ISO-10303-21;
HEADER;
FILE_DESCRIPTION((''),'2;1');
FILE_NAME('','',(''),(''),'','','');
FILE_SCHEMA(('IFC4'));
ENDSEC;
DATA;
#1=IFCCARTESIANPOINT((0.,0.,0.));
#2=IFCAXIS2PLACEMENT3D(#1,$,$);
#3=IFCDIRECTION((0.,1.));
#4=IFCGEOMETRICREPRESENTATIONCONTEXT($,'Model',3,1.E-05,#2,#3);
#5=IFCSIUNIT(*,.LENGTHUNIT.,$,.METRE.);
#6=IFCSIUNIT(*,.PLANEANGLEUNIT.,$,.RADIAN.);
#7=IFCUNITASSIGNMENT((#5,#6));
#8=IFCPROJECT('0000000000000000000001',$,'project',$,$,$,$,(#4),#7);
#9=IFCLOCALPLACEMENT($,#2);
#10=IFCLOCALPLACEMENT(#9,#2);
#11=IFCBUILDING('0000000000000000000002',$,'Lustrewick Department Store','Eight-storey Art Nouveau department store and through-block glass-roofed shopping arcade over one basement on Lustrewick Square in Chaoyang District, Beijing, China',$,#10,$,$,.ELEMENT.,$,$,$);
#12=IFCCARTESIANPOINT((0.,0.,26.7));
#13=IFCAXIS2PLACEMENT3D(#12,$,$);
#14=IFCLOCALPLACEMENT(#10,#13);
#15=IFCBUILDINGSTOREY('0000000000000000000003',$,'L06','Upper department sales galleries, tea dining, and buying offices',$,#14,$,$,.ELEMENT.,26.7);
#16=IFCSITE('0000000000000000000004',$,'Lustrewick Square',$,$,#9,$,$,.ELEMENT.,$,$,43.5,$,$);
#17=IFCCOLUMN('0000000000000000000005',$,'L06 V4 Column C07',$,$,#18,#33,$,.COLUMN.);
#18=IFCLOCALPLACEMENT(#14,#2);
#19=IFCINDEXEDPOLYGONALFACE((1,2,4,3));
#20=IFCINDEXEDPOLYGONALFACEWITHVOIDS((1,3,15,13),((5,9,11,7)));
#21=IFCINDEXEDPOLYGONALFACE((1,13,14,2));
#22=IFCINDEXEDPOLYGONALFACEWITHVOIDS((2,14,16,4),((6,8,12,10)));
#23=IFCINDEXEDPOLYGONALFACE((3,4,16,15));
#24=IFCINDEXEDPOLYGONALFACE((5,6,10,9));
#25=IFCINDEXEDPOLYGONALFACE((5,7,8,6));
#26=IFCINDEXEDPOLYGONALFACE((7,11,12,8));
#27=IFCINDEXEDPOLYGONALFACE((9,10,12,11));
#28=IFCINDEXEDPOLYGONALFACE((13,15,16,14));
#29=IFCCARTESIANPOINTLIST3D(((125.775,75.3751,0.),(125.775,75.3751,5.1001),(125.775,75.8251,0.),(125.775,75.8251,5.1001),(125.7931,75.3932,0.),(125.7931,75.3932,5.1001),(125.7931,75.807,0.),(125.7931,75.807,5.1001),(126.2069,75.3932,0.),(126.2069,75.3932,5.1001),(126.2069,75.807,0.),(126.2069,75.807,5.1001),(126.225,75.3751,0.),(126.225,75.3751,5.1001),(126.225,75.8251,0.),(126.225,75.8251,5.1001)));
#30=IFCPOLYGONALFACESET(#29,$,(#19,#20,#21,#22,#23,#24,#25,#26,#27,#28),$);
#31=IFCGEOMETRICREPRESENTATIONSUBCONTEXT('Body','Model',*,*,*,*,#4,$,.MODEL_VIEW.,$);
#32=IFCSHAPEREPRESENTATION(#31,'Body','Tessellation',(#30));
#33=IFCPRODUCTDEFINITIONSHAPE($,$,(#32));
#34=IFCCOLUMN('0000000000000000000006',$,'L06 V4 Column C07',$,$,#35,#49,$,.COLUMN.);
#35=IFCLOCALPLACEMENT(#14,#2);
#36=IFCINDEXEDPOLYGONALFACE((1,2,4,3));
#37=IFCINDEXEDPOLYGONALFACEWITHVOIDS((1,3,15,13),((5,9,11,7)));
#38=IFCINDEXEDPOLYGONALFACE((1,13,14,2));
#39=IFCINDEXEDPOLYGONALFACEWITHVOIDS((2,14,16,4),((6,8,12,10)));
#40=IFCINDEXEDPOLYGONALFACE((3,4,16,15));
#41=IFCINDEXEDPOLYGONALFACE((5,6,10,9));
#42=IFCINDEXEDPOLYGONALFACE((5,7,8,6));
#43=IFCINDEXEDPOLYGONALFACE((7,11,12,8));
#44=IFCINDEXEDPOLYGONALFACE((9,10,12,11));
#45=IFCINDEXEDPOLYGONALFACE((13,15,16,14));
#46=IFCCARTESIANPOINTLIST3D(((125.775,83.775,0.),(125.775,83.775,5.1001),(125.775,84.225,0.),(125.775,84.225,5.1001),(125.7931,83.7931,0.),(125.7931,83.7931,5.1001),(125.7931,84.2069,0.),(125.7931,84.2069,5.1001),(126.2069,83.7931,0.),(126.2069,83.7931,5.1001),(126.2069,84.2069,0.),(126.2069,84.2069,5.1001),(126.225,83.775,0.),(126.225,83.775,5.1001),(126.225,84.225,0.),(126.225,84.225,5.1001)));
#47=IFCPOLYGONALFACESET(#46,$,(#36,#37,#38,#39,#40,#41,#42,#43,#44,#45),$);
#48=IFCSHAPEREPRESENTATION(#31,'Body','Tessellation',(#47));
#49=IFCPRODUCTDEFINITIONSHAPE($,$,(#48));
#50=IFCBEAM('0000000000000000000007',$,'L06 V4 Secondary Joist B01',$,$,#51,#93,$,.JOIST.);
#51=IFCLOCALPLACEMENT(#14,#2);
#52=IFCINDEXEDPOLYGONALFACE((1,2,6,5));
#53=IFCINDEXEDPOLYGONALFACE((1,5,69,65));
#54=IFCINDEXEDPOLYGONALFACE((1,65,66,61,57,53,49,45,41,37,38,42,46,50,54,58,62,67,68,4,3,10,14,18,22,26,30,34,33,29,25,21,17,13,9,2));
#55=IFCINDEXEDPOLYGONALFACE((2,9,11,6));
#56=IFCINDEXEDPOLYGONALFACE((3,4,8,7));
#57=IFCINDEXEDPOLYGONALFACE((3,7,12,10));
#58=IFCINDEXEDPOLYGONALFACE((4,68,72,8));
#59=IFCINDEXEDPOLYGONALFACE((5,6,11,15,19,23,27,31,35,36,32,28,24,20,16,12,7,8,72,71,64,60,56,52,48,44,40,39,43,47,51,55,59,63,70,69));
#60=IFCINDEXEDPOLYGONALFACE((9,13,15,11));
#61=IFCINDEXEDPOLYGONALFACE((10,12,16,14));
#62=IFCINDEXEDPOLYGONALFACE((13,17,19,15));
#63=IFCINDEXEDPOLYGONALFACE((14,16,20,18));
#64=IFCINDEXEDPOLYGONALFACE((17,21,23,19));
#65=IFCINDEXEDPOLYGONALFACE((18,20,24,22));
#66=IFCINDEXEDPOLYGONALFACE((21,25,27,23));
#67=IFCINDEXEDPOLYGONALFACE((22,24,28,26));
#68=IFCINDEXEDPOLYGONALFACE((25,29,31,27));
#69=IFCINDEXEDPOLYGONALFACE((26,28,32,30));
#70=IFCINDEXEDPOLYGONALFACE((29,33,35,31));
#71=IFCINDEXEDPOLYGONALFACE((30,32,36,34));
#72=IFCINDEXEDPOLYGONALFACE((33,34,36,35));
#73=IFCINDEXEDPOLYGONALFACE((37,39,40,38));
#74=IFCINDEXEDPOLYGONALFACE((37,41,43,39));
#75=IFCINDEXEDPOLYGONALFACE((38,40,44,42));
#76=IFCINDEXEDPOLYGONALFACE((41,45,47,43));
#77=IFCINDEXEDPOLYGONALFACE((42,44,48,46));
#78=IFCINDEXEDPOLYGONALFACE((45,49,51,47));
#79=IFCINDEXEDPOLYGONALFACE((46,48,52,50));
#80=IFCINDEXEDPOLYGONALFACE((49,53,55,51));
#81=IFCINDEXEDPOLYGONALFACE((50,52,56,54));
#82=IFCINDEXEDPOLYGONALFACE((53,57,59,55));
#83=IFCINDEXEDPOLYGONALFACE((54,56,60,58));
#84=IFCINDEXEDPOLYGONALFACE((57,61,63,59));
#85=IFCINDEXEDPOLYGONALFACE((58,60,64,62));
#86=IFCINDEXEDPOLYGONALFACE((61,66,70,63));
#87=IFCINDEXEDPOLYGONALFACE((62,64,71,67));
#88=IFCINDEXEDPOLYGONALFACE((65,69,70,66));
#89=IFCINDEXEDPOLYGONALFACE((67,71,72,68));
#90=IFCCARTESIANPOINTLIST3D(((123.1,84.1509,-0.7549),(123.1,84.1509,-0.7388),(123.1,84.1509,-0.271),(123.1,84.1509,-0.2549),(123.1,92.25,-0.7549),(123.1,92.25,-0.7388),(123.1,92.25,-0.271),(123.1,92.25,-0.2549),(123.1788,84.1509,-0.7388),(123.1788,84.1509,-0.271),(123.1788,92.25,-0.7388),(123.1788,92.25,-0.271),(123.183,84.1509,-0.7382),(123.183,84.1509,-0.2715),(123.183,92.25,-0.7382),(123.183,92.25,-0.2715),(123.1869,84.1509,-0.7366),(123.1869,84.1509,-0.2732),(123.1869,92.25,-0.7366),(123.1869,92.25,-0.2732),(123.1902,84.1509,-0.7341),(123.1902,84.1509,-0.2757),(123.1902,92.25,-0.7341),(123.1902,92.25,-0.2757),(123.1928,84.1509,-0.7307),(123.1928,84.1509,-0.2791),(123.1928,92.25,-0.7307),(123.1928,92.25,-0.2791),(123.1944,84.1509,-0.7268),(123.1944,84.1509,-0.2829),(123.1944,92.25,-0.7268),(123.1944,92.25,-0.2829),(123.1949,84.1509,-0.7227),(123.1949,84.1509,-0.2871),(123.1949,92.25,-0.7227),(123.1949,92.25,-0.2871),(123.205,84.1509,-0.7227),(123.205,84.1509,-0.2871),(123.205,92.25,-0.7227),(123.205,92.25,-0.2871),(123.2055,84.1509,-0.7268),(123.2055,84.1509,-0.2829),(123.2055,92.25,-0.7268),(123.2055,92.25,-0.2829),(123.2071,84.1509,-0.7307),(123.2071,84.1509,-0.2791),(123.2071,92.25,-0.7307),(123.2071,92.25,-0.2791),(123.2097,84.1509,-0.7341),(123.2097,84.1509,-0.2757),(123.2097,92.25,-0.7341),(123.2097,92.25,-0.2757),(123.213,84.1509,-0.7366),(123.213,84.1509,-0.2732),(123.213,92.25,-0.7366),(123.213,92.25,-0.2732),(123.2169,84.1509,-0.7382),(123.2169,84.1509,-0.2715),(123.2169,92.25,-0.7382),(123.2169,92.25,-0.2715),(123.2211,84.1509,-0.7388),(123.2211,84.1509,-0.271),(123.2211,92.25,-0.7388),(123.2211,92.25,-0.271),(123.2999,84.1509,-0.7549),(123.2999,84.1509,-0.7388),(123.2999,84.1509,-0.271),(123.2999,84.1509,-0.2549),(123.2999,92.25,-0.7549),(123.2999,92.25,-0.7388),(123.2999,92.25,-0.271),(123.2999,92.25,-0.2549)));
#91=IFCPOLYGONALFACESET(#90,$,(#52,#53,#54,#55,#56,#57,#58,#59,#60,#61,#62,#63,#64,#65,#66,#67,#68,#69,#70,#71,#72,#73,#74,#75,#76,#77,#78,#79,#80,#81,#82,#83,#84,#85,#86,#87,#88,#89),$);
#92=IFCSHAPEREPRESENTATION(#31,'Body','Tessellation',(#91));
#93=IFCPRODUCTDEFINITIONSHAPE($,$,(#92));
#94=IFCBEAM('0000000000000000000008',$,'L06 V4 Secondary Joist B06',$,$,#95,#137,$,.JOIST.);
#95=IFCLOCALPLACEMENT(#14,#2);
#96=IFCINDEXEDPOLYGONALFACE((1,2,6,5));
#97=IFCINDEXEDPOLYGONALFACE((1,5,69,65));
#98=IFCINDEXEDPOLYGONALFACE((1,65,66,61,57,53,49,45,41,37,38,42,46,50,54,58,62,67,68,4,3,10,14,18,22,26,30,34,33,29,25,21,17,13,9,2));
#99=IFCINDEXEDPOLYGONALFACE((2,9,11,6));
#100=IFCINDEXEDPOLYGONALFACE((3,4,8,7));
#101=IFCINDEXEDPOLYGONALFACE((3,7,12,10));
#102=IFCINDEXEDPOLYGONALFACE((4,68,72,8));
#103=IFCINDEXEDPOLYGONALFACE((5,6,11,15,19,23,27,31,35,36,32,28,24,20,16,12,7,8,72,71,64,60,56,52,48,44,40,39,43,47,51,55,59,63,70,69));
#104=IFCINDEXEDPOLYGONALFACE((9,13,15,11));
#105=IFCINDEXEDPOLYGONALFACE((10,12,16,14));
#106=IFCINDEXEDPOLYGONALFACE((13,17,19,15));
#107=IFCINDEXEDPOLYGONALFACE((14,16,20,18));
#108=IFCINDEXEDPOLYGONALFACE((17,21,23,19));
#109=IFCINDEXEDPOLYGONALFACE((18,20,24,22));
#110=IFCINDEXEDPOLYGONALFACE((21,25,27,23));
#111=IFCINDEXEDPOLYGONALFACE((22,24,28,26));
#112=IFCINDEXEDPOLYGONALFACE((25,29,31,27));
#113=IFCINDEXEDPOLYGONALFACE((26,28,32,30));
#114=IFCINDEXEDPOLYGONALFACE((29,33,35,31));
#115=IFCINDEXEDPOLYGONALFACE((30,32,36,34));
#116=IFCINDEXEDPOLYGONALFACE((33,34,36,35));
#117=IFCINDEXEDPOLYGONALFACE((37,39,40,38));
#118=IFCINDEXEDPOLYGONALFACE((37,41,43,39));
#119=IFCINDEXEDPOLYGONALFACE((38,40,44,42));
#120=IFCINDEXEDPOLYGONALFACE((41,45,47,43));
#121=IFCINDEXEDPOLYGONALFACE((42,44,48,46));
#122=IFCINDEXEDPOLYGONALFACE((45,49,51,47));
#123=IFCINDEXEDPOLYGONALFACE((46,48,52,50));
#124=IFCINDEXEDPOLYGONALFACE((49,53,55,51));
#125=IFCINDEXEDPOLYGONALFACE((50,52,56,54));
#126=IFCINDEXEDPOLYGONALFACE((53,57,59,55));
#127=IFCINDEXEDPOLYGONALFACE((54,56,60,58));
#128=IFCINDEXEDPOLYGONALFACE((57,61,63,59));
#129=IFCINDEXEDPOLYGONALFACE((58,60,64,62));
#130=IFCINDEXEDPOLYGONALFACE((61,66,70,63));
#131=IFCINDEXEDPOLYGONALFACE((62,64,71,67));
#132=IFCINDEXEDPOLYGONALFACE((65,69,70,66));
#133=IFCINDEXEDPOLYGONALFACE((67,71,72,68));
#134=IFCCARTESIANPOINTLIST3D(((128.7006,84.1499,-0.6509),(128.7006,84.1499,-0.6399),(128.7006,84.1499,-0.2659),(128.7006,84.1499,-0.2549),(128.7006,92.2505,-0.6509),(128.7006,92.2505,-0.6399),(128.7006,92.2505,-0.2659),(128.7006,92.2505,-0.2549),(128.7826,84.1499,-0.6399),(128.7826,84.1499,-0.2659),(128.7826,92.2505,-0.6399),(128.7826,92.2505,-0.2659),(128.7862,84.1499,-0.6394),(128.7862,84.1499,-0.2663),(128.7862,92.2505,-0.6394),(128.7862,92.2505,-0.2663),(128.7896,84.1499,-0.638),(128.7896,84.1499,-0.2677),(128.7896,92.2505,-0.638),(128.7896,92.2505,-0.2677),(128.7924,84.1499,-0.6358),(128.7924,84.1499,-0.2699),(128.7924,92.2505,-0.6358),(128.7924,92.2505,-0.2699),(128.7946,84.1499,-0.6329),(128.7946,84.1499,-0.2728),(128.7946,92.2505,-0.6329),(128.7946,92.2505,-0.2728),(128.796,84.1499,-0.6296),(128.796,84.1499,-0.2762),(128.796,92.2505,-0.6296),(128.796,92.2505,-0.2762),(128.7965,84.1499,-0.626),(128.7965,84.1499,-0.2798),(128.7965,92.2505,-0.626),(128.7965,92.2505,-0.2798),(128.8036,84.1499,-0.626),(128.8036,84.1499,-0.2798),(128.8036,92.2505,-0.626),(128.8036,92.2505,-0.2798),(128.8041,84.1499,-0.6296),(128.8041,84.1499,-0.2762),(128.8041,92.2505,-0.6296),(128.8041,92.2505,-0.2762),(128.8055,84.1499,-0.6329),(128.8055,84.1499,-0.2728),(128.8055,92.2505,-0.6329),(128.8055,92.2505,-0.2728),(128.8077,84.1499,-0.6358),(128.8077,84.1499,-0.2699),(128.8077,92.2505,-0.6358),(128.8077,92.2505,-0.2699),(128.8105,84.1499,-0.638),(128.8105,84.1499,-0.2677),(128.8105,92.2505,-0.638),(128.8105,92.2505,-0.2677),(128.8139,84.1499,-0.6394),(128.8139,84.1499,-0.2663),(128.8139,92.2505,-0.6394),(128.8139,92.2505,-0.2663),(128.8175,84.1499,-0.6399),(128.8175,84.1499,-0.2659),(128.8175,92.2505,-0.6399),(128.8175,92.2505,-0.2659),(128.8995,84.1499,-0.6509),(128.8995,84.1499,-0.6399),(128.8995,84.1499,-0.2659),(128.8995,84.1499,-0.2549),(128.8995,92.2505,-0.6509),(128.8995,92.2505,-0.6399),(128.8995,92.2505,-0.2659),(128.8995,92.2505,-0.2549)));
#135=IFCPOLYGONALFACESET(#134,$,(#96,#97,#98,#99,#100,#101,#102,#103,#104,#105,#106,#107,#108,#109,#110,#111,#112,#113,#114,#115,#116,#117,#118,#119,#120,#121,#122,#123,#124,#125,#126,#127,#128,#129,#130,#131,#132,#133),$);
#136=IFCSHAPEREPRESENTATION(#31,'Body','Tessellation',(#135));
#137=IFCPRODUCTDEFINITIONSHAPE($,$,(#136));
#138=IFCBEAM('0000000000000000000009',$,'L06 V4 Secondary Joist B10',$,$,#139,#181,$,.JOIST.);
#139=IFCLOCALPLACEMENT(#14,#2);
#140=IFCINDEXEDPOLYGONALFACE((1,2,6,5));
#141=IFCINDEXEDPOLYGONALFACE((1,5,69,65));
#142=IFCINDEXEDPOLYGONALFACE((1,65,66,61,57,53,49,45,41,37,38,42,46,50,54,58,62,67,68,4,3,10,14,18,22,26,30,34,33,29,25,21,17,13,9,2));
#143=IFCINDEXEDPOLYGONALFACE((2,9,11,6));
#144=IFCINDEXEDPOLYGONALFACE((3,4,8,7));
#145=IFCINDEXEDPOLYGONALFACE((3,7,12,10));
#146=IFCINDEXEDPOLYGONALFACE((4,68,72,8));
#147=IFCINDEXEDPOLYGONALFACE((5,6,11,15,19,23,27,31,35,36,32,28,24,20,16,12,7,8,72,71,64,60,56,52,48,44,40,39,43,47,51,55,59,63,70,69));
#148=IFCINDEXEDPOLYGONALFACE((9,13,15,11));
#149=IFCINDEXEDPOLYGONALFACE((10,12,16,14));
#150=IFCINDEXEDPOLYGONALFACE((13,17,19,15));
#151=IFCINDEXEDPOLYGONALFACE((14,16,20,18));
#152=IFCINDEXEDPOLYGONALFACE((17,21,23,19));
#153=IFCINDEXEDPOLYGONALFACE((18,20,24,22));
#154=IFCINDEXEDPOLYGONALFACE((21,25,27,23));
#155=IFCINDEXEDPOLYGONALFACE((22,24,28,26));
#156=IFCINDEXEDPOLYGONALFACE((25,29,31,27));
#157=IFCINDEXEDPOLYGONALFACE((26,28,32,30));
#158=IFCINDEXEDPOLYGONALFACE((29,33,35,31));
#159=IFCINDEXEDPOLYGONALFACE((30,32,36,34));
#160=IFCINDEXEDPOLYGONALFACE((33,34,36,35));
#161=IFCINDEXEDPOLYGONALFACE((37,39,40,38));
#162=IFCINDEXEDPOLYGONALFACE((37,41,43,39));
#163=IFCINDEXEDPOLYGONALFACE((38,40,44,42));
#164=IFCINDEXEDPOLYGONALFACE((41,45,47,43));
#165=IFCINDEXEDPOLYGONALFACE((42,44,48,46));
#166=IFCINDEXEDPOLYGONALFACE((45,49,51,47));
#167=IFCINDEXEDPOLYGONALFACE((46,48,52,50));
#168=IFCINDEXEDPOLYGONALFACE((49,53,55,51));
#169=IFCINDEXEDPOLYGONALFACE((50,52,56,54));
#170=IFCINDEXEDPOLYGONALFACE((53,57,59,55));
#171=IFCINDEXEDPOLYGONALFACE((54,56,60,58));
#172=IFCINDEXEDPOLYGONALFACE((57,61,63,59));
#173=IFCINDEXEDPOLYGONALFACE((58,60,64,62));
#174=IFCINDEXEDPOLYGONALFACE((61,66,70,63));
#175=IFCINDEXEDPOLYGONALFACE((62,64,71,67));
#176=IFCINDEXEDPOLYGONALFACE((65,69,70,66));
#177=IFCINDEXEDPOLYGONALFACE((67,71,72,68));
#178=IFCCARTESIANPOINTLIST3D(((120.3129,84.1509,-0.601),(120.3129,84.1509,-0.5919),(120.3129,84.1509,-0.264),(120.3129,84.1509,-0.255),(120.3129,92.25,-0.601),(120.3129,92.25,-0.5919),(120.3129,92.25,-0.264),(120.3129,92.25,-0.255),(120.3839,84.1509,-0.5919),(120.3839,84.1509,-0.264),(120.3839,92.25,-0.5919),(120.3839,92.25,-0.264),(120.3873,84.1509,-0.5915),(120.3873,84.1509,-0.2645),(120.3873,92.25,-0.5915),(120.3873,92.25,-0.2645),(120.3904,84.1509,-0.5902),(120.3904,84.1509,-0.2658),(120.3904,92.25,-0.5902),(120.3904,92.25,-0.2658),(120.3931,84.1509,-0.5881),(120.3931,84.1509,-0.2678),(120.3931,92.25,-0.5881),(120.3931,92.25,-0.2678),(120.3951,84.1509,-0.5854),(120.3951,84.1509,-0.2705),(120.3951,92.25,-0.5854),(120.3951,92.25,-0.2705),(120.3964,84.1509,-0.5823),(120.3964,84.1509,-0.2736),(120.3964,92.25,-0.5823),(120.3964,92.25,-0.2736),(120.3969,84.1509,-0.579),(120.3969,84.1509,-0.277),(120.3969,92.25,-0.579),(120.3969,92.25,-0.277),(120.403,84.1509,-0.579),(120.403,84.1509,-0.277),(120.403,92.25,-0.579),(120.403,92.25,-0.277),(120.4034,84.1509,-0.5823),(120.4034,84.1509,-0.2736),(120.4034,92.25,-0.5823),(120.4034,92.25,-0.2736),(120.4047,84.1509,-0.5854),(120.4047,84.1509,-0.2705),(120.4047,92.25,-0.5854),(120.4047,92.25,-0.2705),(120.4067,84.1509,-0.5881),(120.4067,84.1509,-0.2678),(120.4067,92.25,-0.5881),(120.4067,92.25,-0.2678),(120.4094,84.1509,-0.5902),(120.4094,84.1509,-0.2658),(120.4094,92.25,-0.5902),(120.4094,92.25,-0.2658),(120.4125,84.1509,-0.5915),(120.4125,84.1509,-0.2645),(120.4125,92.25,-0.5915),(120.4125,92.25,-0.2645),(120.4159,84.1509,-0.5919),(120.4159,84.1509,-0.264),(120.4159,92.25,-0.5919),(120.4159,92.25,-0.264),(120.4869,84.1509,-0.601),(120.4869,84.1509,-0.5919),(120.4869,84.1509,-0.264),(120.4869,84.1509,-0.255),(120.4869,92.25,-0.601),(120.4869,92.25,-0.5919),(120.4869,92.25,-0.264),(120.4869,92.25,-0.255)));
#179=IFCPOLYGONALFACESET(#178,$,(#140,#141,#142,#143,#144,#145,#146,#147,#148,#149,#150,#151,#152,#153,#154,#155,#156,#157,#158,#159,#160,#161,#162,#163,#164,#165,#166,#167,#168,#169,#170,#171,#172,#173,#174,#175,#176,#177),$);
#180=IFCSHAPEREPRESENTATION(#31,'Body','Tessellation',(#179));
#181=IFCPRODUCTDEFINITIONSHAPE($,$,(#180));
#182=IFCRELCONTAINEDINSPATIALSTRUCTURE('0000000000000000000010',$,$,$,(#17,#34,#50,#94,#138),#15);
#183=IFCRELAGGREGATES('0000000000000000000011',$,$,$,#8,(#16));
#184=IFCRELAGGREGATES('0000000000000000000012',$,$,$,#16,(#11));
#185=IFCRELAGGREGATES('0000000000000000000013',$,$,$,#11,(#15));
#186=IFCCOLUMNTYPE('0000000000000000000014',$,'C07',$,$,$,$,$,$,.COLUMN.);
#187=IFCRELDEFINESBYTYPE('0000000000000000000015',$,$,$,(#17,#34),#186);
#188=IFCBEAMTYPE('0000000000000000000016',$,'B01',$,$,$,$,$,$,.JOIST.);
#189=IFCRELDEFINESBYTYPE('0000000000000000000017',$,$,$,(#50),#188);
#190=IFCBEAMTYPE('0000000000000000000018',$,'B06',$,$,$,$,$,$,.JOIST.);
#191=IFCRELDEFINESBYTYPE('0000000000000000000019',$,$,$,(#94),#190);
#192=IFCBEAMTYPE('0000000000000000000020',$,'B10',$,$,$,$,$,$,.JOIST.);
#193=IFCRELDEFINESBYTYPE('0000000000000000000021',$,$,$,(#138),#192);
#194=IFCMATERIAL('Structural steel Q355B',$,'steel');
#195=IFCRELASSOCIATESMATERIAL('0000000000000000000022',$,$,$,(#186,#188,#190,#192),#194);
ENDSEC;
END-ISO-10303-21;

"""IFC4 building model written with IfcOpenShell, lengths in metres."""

from ifc_helpers import new_model, si_unit, direction, frame, origin, origin_2d, place, context, subcontext, project, spatial, hollow_rectangle, i_section, extrude, material, material_profile, profile_set, type_object, element, save


model = new_model("IFC4")

# Units and contexts
model_context = context("Model", 3, precision=1e-05, world=origin(), true_north=direction((0.0, 1.0)))
body_context = subcontext(model_context, "Body", "Model", "MODEL_VIEW")
ifc_project = project(units=[si_unit("LENGTHUNIT", "METRE"), si_unit("PLANEANGLEUNIT", "RADIAN")], contexts=[model_context])

# Site, building, storey
site_placement = place(None, origin())
site = spatial("IfcSite", under=ifc_project, at=site_placement, Name="Lustrewick Square", CompositionType="ELEMENT", RefElevation=43.5)
building_placement = place(site_placement, origin())
building = spatial("IfcBuilding", under=site, at=building_placement, Name="Lustrewick Department Store", Description="Eight-storey Art Nouveau department store and through-block glass-roofed shopping arcade over one basement on Lustrewick Square in Chaoyang District, Beijing, China", CompositionType="ELEMENT")
storey_placement = place(building_placement, frame((0.0, 0.0, 26.7)))
storey = spatial("IfcBuildingStorey", under=building, at=storey_placement, Name="L06", Description="Upper department sales galleries, tea dining, and buying offices", CompositionType="ELEMENT", Elevation=26.7)

# Columns
ifc_material_1 = material(Name="Structural steel Q355B", Category="steel")
ifc_material_profile_1 = material_profile(ifc_material_1, hollow_rectangle(XDim=0.45, YDim=0.45, WallThickness=0.0181, at=origin_2d()), Name="BOX 450x450x18")
ifc_profile_set_1 = profile_set([ifc_material_profile_1], Name="Structural steel Q355B")
column_type = type_object("IfcColumnType", Name="C07", PredefinedType="COLUMN", material=ifc_profile_set_1)
for number, where, z_axis, x_axis, name in (
    (1, (126.0, 75.6001, 0.0), (0.0, 0.0, 1.0), (1.0, 0.0, 0.0), "L06 V4 Column C07"),
    (2, (126.0, 84.0, 0.0), (0.0, 0.0, 1.0), (1.0, 0.0, 0.0), "L06 V4 Column C07"),
):
    element("IfcColumn", number, at=place(storey_placement, frame(where, z_axis=z_axis, x_axis=x_axis)), inside=storey, type_object=column_type, Name=name, PredefinedType="COLUMN", context=body_context, shape_type="SweptSolid", body=[
        extrude(hollow_rectangle(XDim=0.45, YDim=0.45, WallThickness=0.0181, at=origin_2d()), origin(), (0.0, 0.0, 1.0), 5.1001),
    ])

# Beams
ifc_material_profile_2 = material_profile(ifc_material_1, i_section(OverallWidth=0.2, OverallDepth=0.5, WebThickness=0.01, FlangeThickness=0.0161, FilletRadius=0.0161, at=origin_2d()), Name="HN 500x200x10x16")
ifc_profile_set_2 = profile_set([ifc_material_profile_2], Name="Structural steel Q355B")
beam_type_1 = type_object("IfcBeamType", Name="B01", PredefinedType="JOIST", material=ifc_profile_set_2)
beam_1_placement = place(storey_placement, frame((123.2, 84.1509, -0.5049), z_axis=(0.0, 1.0, 0.0), x_axis=(-1.0, 0.0, 0.0)))
element("IfcBeam", 3, at=beam_1_placement, inside=storey, type_object=beam_type_1, Name="L06 V4 Secondary Joist B01", PredefinedType="JOIST", context=body_context, shape_type="SweptSolid", body=[
    extrude(i_section(OverallWidth=0.2, OverallDepth=0.5, WebThickness=0.01, FlangeThickness=0.0161, FilletRadius=0.0161, at=origin_2d()), origin(), (0.0, 0.0, 1.0), 8.0991),
])
ifc_material_profile_3 = material_profile(ifc_material_1, i_section(OverallWidth=0.199, OverallDepth=0.396, WebThickness=0.0071, FlangeThickness=0.011, FilletRadius=0.0139, at=origin_2d()), Name="HN 396x199x7x11")
ifc_profile_set_3 = profile_set([ifc_material_profile_3], Name="Structural steel Q355B")
beam_type_2 = type_object("IfcBeamType", Name="B06", PredefinedType="JOIST", material=ifc_profile_set_3)
beam_2_placement = place(storey_placement, frame((128.8, 84.1499, -0.4529), z_axis=(0.0, 1.0, 0.0), x_axis=(-1.0, 0.0, 0.0)))
element("IfcBeam", 4, at=beam_2_placement, inside=storey, type_object=beam_type_2, Name="L06 V4 Secondary Joist B06", PredefinedType="JOIST", context=body_context, shape_type="SweptSolid", body=[
    extrude(i_section(OverallWidth=0.199, OverallDepth=0.396, WebThickness=0.0071, FlangeThickness=0.011, FilletRadius=0.0139, at=origin_2d()), origin(), (0.0, 0.0, 1.0), 8.1006),
])
ifc_material_profile_4 = material_profile(ifc_material_1, i_section(OverallWidth=0.1741, OverallDepth=0.3459, WebThickness=0.0061, FlangeThickness=0.009, FilletRadius=0.0129, at=origin_2d()), Name="HN 346x174x6x9")
ifc_profile_set_4 = profile_set([ifc_material_profile_4], Name="Structural steel Q355B")
beam_type_3 = type_object("IfcBeamType", Name="B10", PredefinedType="JOIST", material=ifc_profile_set_4)
beam_3_placement = place(storey_placement, frame((120.3999, 84.1509, -0.428), z_axis=(0.0, 1.0, 0.0), x_axis=(-1.0, 0.0, 0.0)))
element("IfcBeam", 5, at=beam_3_placement, inside=storey, type_object=beam_type_3, Name="L06 V4 Secondary Joist B10", PredefinedType="JOIST", context=body_context, shape_type="SweptSolid", body=[
    extrude(i_section(OverallWidth=0.1741, OverallDepth=0.3459, WebThickness=0.0061, FlangeThickness=0.009, FilletRadius=0.0129, at=origin_2d()), origin(), (0.0, 0.0, 1.0), 8.0991),
])

save(model, "model.ifc")
